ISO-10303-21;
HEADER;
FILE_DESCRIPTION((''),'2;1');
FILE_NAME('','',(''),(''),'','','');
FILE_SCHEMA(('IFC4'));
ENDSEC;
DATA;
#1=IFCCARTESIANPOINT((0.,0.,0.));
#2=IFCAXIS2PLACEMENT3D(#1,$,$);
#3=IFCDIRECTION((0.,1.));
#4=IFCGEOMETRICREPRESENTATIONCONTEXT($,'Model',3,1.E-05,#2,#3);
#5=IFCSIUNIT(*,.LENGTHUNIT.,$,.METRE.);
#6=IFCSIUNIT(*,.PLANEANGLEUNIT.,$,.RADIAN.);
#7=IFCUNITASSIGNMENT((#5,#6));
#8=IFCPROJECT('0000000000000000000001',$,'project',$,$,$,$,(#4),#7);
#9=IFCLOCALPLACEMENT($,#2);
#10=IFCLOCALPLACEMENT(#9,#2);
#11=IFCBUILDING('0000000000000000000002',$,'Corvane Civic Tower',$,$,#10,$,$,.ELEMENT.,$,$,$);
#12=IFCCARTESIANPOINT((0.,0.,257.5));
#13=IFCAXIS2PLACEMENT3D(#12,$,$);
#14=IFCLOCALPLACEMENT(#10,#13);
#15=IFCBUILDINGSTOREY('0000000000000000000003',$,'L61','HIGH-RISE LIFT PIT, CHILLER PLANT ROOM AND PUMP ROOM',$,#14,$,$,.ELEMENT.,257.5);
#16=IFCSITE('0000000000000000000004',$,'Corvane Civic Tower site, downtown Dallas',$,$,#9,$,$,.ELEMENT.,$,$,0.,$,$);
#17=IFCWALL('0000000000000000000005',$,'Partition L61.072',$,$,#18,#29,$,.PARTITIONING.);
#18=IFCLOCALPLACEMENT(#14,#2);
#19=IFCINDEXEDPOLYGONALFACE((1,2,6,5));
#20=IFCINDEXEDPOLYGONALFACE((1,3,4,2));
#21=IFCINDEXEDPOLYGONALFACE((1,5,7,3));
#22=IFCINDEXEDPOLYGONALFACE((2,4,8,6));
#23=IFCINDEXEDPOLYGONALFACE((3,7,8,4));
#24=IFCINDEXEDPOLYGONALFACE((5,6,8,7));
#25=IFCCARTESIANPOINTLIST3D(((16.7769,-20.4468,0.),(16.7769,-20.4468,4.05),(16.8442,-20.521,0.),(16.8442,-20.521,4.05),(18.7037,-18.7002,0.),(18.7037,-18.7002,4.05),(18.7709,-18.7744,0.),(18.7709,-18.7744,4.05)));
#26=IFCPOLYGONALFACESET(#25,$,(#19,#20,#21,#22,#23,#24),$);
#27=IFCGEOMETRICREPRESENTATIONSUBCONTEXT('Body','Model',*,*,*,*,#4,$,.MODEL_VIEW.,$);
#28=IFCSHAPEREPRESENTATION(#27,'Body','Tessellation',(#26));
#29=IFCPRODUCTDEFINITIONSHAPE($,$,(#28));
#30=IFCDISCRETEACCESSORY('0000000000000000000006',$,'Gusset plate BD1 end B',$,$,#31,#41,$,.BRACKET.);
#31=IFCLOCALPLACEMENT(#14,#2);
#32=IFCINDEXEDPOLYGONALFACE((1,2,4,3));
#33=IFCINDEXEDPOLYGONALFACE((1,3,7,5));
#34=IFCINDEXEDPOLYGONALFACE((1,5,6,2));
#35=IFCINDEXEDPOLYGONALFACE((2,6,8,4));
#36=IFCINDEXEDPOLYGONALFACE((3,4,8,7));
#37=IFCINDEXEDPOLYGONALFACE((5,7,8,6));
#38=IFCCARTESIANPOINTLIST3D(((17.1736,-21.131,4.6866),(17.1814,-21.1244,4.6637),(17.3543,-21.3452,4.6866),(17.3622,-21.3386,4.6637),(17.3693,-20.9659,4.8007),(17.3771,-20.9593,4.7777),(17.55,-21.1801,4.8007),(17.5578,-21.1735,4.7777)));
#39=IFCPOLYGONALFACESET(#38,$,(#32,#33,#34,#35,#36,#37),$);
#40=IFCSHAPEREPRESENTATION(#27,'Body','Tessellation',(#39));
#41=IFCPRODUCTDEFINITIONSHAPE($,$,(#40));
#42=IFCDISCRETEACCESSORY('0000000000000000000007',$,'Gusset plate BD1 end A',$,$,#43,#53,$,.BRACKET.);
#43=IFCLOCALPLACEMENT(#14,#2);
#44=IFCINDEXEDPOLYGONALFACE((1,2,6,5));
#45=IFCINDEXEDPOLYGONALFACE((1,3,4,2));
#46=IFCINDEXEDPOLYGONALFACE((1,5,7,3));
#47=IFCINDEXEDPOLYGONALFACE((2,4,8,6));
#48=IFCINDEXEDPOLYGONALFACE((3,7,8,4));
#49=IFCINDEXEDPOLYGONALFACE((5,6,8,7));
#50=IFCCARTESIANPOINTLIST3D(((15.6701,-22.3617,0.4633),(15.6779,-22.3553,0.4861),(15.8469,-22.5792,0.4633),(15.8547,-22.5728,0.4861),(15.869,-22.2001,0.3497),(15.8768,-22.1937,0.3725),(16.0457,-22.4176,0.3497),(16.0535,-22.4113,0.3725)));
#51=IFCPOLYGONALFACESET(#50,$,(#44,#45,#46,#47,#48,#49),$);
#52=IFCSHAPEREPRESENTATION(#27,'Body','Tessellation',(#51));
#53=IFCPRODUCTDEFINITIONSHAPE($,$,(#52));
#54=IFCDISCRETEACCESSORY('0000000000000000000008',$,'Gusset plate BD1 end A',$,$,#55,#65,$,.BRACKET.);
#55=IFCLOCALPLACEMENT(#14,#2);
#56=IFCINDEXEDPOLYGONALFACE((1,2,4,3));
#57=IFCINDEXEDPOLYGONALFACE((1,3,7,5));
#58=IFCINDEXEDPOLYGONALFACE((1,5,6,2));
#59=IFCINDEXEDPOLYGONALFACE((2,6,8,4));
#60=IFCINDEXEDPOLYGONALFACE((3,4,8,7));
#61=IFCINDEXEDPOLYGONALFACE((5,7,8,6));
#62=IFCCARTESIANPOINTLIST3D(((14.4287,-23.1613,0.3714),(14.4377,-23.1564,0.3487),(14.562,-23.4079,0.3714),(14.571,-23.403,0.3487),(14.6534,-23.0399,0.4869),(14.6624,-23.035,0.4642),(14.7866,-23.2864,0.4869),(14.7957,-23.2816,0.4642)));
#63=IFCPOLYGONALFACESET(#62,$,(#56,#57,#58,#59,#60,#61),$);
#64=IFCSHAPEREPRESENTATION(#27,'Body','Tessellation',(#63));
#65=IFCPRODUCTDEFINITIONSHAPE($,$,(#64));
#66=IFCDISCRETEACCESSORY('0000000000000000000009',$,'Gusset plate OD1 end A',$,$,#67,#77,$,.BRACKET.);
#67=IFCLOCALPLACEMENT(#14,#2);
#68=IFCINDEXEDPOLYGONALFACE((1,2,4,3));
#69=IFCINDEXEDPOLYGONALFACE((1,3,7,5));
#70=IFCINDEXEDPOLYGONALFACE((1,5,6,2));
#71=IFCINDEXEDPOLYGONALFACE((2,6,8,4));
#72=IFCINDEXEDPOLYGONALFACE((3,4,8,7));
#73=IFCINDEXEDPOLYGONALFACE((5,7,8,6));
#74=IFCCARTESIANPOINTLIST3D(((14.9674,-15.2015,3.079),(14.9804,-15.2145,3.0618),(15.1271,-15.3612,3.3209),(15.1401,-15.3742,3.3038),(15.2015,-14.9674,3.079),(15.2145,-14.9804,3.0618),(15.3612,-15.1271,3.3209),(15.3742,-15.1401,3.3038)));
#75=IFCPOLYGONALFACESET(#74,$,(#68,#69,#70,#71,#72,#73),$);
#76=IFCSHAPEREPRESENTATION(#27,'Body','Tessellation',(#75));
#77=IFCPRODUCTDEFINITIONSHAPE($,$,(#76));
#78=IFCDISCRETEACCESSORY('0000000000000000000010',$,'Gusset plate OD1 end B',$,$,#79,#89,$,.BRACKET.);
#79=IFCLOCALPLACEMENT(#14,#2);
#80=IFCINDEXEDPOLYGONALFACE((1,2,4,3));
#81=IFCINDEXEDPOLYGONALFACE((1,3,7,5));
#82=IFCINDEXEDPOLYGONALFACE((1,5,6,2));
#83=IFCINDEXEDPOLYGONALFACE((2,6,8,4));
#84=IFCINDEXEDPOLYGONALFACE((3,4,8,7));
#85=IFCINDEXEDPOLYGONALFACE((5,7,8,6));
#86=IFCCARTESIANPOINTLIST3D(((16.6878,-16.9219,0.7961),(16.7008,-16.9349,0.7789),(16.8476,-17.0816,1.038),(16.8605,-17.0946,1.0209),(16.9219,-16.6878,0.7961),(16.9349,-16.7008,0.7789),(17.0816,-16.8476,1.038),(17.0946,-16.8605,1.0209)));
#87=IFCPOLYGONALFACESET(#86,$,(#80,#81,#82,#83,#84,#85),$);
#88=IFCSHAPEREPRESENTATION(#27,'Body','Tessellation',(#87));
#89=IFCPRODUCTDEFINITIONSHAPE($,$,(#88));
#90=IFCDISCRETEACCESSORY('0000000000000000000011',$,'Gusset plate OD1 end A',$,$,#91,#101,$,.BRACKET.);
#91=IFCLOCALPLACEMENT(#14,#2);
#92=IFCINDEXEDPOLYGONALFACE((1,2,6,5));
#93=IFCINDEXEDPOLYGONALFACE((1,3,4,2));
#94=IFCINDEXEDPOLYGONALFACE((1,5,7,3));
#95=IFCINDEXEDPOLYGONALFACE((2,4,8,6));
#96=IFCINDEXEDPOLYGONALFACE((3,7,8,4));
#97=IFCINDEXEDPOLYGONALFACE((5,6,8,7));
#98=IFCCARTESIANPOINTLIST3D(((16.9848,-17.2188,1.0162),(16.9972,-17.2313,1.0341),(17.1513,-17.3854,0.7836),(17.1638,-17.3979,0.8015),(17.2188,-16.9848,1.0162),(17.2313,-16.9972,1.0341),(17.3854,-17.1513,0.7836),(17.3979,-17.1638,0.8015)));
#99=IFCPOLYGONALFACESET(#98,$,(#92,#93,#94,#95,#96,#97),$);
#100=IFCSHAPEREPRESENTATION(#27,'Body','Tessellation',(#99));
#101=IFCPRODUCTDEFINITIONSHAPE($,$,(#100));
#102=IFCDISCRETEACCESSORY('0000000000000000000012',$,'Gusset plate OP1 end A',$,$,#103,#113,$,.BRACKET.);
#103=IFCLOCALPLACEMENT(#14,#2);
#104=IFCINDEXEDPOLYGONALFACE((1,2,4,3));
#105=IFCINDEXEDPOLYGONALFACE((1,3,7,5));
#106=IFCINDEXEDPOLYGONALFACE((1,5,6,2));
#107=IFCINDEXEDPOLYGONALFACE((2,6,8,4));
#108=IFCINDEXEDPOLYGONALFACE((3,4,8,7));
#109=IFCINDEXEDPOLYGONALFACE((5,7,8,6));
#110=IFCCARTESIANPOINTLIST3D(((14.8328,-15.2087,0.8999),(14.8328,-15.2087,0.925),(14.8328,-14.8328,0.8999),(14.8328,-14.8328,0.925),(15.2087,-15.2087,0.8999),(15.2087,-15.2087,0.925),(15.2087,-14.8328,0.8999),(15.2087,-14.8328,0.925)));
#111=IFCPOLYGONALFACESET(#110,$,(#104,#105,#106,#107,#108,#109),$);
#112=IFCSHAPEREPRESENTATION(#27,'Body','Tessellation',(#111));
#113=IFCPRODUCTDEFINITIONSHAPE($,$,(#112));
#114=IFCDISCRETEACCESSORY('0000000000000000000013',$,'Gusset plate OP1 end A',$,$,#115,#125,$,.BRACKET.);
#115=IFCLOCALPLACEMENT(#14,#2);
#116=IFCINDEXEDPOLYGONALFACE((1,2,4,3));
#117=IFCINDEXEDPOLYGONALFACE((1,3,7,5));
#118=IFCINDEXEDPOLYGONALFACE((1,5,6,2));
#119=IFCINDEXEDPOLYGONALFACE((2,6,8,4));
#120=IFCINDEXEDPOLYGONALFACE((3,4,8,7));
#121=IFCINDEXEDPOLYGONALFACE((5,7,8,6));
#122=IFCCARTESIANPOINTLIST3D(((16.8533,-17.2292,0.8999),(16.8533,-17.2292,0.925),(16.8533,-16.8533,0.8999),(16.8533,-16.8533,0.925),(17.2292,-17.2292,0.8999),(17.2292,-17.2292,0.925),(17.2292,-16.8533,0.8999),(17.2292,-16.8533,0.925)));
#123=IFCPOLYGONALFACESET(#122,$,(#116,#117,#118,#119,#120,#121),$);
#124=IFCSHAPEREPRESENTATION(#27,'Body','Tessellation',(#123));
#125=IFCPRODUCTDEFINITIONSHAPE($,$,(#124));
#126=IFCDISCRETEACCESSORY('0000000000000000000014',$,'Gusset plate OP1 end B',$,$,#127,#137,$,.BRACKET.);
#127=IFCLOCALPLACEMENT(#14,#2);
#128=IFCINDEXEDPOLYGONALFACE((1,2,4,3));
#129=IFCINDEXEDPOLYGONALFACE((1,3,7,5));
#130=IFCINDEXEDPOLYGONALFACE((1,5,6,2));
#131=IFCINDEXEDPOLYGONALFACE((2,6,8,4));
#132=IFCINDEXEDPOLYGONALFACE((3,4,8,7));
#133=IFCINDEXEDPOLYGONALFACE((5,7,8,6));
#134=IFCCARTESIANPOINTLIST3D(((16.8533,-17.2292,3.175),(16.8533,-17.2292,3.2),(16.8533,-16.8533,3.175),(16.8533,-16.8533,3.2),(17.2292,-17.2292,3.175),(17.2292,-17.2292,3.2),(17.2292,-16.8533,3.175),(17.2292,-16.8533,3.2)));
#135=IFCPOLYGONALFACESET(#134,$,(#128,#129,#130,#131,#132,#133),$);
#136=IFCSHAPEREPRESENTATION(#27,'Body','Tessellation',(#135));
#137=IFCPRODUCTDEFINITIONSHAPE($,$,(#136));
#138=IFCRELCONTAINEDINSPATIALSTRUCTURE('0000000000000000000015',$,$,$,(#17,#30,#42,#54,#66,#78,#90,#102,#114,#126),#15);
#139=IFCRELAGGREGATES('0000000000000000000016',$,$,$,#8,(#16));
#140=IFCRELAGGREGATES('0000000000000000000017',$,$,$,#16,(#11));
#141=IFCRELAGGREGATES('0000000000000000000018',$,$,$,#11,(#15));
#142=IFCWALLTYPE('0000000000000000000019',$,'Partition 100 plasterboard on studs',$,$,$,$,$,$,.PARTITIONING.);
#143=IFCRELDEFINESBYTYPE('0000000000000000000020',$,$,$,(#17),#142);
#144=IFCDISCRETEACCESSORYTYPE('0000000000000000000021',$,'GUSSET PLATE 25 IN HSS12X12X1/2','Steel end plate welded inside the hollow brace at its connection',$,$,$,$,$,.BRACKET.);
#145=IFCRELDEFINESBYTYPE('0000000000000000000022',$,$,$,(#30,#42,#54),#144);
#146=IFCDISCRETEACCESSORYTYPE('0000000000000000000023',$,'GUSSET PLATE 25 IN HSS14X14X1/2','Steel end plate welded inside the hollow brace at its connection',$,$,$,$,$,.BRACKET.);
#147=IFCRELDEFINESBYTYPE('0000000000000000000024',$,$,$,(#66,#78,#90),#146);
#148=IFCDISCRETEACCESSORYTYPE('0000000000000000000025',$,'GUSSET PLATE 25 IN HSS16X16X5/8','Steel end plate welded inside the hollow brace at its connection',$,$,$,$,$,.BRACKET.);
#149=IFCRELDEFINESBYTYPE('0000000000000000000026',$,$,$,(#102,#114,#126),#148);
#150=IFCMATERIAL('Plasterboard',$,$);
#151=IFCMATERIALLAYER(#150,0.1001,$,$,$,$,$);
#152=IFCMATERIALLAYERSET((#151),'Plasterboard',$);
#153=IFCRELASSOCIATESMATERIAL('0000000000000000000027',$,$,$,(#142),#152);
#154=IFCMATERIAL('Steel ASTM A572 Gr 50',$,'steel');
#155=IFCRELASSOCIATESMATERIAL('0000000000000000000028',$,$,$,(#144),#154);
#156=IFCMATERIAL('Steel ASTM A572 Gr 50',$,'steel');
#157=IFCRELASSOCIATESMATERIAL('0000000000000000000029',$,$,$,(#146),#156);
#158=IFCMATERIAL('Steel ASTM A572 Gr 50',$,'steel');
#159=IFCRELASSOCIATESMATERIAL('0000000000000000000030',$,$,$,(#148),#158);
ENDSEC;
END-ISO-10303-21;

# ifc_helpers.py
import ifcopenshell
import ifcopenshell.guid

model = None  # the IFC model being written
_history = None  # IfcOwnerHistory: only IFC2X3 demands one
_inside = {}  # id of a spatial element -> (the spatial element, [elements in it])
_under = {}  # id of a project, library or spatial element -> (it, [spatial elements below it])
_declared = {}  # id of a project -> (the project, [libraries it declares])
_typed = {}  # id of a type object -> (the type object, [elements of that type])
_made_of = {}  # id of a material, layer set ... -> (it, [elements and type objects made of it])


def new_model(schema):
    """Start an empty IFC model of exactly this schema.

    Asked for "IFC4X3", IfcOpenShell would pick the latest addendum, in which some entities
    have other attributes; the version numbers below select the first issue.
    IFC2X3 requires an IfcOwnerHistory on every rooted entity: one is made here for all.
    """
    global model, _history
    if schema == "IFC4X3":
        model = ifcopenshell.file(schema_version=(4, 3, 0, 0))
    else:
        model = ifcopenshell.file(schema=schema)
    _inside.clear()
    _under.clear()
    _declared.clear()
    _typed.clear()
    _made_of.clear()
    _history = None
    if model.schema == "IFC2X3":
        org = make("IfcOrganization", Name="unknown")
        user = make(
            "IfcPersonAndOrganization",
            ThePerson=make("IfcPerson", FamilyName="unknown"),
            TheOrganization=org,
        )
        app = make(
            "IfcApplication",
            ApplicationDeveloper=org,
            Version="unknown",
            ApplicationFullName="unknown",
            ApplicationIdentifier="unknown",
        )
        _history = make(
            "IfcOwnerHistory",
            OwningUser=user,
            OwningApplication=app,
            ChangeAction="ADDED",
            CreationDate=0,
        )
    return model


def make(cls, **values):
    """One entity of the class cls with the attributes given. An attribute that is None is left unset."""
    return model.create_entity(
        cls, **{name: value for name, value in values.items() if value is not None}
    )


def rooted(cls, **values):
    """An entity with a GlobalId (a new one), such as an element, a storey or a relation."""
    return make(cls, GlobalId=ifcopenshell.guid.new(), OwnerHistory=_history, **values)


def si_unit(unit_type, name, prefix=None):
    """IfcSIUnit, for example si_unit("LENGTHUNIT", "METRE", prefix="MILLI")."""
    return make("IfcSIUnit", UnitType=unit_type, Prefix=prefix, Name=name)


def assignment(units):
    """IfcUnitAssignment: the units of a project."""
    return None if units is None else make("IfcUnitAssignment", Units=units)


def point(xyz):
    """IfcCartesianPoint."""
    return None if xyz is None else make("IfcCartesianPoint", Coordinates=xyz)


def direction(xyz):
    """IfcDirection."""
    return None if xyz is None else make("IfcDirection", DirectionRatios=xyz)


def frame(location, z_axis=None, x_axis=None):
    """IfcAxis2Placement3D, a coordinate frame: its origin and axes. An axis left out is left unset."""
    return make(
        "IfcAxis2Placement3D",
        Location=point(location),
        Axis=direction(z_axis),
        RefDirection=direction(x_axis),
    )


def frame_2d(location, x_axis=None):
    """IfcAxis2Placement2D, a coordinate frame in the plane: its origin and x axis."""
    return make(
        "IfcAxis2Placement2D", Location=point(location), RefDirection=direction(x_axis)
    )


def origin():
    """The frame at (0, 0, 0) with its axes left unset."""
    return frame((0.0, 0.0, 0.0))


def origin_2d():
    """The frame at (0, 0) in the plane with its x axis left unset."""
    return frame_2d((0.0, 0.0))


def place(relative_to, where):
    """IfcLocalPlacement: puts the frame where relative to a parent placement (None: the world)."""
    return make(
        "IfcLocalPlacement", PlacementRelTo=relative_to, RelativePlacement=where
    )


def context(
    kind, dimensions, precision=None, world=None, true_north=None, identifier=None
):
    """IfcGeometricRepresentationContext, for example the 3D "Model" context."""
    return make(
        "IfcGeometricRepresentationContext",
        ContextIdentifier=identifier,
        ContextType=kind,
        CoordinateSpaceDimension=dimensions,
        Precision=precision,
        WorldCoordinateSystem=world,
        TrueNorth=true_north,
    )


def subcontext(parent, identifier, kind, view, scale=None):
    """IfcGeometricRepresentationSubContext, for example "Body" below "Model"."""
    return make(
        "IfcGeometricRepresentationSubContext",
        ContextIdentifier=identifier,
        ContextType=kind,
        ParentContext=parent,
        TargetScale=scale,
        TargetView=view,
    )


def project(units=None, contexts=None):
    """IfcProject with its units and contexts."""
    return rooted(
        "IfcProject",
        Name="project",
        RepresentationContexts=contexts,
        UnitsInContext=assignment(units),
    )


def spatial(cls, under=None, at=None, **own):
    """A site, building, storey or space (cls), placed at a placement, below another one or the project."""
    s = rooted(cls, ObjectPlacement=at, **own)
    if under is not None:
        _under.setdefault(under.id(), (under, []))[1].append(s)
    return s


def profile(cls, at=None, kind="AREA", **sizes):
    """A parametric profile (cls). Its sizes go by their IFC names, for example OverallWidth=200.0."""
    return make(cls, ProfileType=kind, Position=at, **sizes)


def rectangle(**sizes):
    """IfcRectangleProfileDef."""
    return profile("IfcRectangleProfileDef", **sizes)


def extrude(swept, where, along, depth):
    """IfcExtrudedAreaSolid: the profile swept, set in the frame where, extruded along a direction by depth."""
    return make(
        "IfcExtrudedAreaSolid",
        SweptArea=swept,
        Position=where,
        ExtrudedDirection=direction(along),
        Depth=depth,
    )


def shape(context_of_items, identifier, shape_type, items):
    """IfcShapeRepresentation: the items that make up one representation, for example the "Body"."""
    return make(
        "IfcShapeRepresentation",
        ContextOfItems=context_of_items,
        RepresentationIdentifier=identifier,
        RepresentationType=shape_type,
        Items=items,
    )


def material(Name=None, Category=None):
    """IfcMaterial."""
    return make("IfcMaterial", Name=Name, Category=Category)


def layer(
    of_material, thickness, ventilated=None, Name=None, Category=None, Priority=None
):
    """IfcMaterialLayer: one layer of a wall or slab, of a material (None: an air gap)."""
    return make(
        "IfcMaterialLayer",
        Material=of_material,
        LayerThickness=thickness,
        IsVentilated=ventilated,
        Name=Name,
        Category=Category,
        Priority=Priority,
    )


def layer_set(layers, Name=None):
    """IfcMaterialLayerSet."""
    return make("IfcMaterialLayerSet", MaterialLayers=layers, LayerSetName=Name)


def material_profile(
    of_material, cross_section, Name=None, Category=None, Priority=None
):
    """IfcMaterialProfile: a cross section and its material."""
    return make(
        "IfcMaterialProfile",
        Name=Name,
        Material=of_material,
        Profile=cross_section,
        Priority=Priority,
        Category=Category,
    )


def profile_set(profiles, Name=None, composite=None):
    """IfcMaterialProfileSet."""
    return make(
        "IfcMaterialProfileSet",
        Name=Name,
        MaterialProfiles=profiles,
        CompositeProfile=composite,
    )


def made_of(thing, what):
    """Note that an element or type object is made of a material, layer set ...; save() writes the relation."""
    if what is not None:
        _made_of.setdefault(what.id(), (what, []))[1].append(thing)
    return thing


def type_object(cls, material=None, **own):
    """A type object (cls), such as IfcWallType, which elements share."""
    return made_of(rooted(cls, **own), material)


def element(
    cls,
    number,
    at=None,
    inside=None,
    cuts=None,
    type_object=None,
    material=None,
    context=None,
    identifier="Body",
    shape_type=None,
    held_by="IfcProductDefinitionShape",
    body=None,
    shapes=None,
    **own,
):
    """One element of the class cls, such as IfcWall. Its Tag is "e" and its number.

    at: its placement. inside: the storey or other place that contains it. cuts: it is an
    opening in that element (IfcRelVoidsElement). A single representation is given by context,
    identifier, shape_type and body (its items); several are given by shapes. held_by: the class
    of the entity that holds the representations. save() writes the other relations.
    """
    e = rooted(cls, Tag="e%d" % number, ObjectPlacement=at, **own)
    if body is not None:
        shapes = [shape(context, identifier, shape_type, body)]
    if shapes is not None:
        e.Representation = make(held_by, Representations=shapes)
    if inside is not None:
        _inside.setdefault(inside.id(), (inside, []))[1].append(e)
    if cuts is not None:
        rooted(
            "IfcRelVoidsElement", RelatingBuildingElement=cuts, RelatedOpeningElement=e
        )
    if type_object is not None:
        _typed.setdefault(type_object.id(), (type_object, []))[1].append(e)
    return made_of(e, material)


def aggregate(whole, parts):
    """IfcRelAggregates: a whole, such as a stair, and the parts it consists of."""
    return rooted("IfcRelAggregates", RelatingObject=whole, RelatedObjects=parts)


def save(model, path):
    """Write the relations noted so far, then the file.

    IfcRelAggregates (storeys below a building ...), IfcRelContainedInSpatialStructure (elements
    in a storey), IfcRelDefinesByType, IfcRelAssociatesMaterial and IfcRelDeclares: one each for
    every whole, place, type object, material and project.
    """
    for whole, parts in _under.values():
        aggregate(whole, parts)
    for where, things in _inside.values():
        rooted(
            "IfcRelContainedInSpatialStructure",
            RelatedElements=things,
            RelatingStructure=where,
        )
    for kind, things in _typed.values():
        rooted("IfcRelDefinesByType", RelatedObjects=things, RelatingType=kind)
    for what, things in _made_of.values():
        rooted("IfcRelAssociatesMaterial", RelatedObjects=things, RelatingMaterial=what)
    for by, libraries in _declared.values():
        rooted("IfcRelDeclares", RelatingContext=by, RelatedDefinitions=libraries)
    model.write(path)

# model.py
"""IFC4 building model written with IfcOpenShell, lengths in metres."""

from ifc_helpers import new_model, si_unit, direction, frame, frame_2d, origin, origin_2d, place, context, subcontext, project, spatial, rectangle, extrude, material, layer, layer_set, material_profile, profile_set, type_object, element, save


model = new_model("IFC4")

# Units and contexts
model_context = context("Model", 3, precision=1e-05, world=origin(), true_north=direction((0.0, 1.0)))
body_context = subcontext(model_context, "Body", "Model", "MODEL_VIEW")
ifc_project = project(units=[si_unit("LENGTHUNIT", "METRE"), si_unit("PLANEANGLEUNIT", "RADIAN")], contexts=[model_context])

# Site, building, storey
site_placement = place(None, origin())
site = spatial("IfcSite", under=ifc_project, at=site_placement, Name="Corvane Civic Tower site, downtown Dallas", CompositionType="ELEMENT", RefElevation=0.0)
building_placement = place(site_placement, origin())
building = spatial("IfcBuilding", under=site, at=building_placement, Name="Corvane Civic Tower", CompositionType="ELEMENT")
storey_placement = place(building_placement, frame((0.0, 0.0, 257.5)))
storey = spatial("IfcBuildingStorey", under=building, at=storey_placement, Name="L61", Description="HIGH-RISE LIFT PIT, CHILLER PLANT ROOM AND PUMP ROOM", CompositionType="ELEMENT", Elevation=257.5)

# Wall
ifc_material_1 = material(Name="Plasterboard")
ifc_layer = layer(ifc_material_1, 0.1001)
ifc_layer_set = layer_set([ifc_layer], Name="Plasterboard")
wall_type = type_object("IfcWallType", Name="Partition 100 plasterboard on studs", PredefinedType="PARTITIONING", material=ifc_layer_set)
wall_1_placement = place(storey_placement, frame((16.8105, -20.4839, 0.0), z_axis=(0.0, 0.0, 1.0), x_axis=(0.740899, 0.671616, 0.0)))
element("IfcWall", 1, at=wall_1_placement, inside=storey, type_object=wall_type, Name="Partition L61.072", PredefinedType="PARTITIONING", context=body_context, shape_type="SweptSolid", body=[
    extrude(rectangle(XDim=2.6006, YDim=0.1001, at=frame_2d((1.3003, 0.0))), origin(), (0.0, 0.0, 1.0), 4.05),
])

# Discrete accessories
ifc_material_2 = material(Name="Steel ASTM A572 Gr 50", Category="steel")
ifc_material_profile_1 = material_profile(ifc_material_2, rectangle(XDim=0.2803, YDim=0.2803, at=origin_2d()), Name="GUSSET PLATE 25 IN HSS12X12X1/2")
ifc_profile_set_1 = profile_set([ifc_material_profile_1], Name="Steel ASTM A572 Gr 50")
discrete_accessory_type_1 = type_object("IfcDiscreteAccessoryType", Name="GUSSET PLATE 25 IN HSS12X12X1/2", Description="Steel end plate welded inside the hollow brace at its connection", PredefinedType="BRACKET", material=ifc_profile_set_1)
discrete_accessory_1_placement = place(storey_placement, frame((17.3618, -21.1555, 4.7437), z_axis=(0.310973, 0.262383, -0.913483), x_axis=(-0.644871, 0.764291, 0.0)))
element("IfcDiscreteAccessory", 2, at=discrete_accessory_1_placement, inside=storey, type_object=discrete_accessory_type_1, Name="Gusset plate BD1 end B", PredefinedType="BRACKET", context=body_context, shape_type="SweptSolid", body=[
    extrude(rectangle(XDim=0.2803, YDim=0.2803, at=origin_2d()), origin(), (0.0, 0.0, 1.0), 0.0251),
])
for number, where, z_axis, x_axis, name in (
    (3, (15.8579, -22.3896, 0.4065), (0.314558, 0.255578, 0.914184), (-0.630593, 0.776114, 0.0), "Gusset plate BD1 end A"),
    (4, (14.6167, -23.219, 0.4065), (-0.362501, -0.195947, 0.911152), (0.475517, -0.879707, 0.0), "Gusset plate BD1 end A"),
):
    element("IfcDiscreteAccessory", number, at=place(storey_placement, frame(where, z_axis=z_axis, x_axis=x_axis)), inside=storey, type_object=discrete_accessory_type_1, Name=name, PredefinedType="BRACKET", context=body_context, shape_type="SweptSolid", body=[
        extrude(rectangle(XDim=0.2803, YDim=0.2803, at=origin_2d()), origin(), (0.0, 0.0, 1.0), 0.0249),
    ])
ifc_material_3 = material(Name="Steel ASTM A572 Gr 50", Category="steel")
ifc_material_profile_2 = material_profile(ifc_material_3, rectangle(XDim=0.3311, YDim=0.3311, at=origin_2d()), Name="GUSSET PLATE 25 IN HSS14X14X1/2")
ifc_profile_set_2 = profile_set([ifc_material_profile_2], Name="Steel ASTM A572 Gr 50")
discrete_accessory_type_2 = type_object("IfcDiscreteAccessoryType", Name="GUSSET PLATE 25 IN HSS14X14X1/2", Description="Steel end plate welded inside the hollow brace at its connection", PredefinedType="BRACKET", material=ifc_profile_set_2)
for number, where, z_axis, x_axis, name in (
    (5, (15.1643, -15.1643, 3.2), (0.516784, -0.516784, -0.682545), (0.707107, 0.707107, 0.0), "Gusset plate OD1 end A"),
    (6, (16.8977, -16.8977, 0.8999), (-0.516784, 0.516784, 0.682545), (-0.707107, -0.707107, 0.0), "Gusset plate OD1 end B"),
    (7, (17.1851, -17.1851, 0.8999), (0.496976, -0.496976, 0.711358), (0.707107, 0.707107, 0.0), "Gusset plate OD1 end A"),
):
    element("IfcDiscreteAccessory", number, at=place(storey_placement, frame(where, z_axis=z_axis, x_axis=x_axis)), inside=storey, type_object=discrete_accessory_type_2, Name=name, PredefinedType="BRACKET", context=body_context, shape_type="SweptSolid", body=[
        extrude(rectangle(XDim=0.3311, YDim=0.3311, at=origin_2d()), origin(), (0.0, 0.0, 1.0), 0.0251),
    ])
ifc_material_4 = material(Name="Steel ASTM A572 Gr 50", Category="steel")
ifc_material_profile_3 = material_profile(ifc_material_4, rectangle(XDim=0.376, YDim=0.376, at=origin_2d()), Name="GUSSET PLATE 25 IN HSS16X16X5/8")
ifc_profile_set_3 = profile_set([ifc_material_profile_3], Name="Steel ASTM A572 Gr 50")
discrete_accessory_type_3 = type_object("IfcDiscreteAccessoryType", Name="GUSSET PLATE 25 IN HSS16X16X5/8", Description="Steel end plate welded inside the hollow brace at its connection", PredefinedType="BRACKET", material=ifc_profile_set_3)
for number, where, z_axis, x_axis, name in (
    (8, (15.0208, -15.0208, 0.8999), (0.0, 0.0, 1.0), (1.0, 0.0, 0.0), "Gusset plate OP1 end A"),
    (9, (17.0413, -17.0413, 0.8999), (0.0, 0.0, 1.0), (1.0, 0.0, 0.0), "Gusset plate OP1 end A"),
):
    element("IfcDiscreteAccessory", number, at=place(storey_placement, frame(where, z_axis=z_axis, x_axis=x_axis)), inside=storey, type_object=discrete_accessory_type_3, Name=name, PredefinedType="BRACKET", context=body_context, shape_type="SweptSolid", body=[
        extrude(rectangle(XDim=0.376, YDim=0.376, at=origin_2d()), origin(), (0.0, 0.0, 1.0), 0.0251),
    ])
discrete_accessory_2_placement = place(storey_placement, frame((17.0413, -17.0413, 3.2), z_axis=(0.0, 0.0, -1.0), x_axis=(1.0, 0.0, 0.0)))
element("IfcDiscreteAccessory", 10, at=discrete_accessory_2_placement, inside=storey, type_object=discrete_accessory_type_3, Name="Gusset plate OP1 end B", PredefinedType="BRACKET", context=body_context, shape_type="SweptSolid", body=[
    extrude(rectangle(XDim=0.376, YDim=0.376, at=origin_2d()), origin(), (0.0, 0.0, 1.0), 0.0249),
])

save(model, "model.ifc")
